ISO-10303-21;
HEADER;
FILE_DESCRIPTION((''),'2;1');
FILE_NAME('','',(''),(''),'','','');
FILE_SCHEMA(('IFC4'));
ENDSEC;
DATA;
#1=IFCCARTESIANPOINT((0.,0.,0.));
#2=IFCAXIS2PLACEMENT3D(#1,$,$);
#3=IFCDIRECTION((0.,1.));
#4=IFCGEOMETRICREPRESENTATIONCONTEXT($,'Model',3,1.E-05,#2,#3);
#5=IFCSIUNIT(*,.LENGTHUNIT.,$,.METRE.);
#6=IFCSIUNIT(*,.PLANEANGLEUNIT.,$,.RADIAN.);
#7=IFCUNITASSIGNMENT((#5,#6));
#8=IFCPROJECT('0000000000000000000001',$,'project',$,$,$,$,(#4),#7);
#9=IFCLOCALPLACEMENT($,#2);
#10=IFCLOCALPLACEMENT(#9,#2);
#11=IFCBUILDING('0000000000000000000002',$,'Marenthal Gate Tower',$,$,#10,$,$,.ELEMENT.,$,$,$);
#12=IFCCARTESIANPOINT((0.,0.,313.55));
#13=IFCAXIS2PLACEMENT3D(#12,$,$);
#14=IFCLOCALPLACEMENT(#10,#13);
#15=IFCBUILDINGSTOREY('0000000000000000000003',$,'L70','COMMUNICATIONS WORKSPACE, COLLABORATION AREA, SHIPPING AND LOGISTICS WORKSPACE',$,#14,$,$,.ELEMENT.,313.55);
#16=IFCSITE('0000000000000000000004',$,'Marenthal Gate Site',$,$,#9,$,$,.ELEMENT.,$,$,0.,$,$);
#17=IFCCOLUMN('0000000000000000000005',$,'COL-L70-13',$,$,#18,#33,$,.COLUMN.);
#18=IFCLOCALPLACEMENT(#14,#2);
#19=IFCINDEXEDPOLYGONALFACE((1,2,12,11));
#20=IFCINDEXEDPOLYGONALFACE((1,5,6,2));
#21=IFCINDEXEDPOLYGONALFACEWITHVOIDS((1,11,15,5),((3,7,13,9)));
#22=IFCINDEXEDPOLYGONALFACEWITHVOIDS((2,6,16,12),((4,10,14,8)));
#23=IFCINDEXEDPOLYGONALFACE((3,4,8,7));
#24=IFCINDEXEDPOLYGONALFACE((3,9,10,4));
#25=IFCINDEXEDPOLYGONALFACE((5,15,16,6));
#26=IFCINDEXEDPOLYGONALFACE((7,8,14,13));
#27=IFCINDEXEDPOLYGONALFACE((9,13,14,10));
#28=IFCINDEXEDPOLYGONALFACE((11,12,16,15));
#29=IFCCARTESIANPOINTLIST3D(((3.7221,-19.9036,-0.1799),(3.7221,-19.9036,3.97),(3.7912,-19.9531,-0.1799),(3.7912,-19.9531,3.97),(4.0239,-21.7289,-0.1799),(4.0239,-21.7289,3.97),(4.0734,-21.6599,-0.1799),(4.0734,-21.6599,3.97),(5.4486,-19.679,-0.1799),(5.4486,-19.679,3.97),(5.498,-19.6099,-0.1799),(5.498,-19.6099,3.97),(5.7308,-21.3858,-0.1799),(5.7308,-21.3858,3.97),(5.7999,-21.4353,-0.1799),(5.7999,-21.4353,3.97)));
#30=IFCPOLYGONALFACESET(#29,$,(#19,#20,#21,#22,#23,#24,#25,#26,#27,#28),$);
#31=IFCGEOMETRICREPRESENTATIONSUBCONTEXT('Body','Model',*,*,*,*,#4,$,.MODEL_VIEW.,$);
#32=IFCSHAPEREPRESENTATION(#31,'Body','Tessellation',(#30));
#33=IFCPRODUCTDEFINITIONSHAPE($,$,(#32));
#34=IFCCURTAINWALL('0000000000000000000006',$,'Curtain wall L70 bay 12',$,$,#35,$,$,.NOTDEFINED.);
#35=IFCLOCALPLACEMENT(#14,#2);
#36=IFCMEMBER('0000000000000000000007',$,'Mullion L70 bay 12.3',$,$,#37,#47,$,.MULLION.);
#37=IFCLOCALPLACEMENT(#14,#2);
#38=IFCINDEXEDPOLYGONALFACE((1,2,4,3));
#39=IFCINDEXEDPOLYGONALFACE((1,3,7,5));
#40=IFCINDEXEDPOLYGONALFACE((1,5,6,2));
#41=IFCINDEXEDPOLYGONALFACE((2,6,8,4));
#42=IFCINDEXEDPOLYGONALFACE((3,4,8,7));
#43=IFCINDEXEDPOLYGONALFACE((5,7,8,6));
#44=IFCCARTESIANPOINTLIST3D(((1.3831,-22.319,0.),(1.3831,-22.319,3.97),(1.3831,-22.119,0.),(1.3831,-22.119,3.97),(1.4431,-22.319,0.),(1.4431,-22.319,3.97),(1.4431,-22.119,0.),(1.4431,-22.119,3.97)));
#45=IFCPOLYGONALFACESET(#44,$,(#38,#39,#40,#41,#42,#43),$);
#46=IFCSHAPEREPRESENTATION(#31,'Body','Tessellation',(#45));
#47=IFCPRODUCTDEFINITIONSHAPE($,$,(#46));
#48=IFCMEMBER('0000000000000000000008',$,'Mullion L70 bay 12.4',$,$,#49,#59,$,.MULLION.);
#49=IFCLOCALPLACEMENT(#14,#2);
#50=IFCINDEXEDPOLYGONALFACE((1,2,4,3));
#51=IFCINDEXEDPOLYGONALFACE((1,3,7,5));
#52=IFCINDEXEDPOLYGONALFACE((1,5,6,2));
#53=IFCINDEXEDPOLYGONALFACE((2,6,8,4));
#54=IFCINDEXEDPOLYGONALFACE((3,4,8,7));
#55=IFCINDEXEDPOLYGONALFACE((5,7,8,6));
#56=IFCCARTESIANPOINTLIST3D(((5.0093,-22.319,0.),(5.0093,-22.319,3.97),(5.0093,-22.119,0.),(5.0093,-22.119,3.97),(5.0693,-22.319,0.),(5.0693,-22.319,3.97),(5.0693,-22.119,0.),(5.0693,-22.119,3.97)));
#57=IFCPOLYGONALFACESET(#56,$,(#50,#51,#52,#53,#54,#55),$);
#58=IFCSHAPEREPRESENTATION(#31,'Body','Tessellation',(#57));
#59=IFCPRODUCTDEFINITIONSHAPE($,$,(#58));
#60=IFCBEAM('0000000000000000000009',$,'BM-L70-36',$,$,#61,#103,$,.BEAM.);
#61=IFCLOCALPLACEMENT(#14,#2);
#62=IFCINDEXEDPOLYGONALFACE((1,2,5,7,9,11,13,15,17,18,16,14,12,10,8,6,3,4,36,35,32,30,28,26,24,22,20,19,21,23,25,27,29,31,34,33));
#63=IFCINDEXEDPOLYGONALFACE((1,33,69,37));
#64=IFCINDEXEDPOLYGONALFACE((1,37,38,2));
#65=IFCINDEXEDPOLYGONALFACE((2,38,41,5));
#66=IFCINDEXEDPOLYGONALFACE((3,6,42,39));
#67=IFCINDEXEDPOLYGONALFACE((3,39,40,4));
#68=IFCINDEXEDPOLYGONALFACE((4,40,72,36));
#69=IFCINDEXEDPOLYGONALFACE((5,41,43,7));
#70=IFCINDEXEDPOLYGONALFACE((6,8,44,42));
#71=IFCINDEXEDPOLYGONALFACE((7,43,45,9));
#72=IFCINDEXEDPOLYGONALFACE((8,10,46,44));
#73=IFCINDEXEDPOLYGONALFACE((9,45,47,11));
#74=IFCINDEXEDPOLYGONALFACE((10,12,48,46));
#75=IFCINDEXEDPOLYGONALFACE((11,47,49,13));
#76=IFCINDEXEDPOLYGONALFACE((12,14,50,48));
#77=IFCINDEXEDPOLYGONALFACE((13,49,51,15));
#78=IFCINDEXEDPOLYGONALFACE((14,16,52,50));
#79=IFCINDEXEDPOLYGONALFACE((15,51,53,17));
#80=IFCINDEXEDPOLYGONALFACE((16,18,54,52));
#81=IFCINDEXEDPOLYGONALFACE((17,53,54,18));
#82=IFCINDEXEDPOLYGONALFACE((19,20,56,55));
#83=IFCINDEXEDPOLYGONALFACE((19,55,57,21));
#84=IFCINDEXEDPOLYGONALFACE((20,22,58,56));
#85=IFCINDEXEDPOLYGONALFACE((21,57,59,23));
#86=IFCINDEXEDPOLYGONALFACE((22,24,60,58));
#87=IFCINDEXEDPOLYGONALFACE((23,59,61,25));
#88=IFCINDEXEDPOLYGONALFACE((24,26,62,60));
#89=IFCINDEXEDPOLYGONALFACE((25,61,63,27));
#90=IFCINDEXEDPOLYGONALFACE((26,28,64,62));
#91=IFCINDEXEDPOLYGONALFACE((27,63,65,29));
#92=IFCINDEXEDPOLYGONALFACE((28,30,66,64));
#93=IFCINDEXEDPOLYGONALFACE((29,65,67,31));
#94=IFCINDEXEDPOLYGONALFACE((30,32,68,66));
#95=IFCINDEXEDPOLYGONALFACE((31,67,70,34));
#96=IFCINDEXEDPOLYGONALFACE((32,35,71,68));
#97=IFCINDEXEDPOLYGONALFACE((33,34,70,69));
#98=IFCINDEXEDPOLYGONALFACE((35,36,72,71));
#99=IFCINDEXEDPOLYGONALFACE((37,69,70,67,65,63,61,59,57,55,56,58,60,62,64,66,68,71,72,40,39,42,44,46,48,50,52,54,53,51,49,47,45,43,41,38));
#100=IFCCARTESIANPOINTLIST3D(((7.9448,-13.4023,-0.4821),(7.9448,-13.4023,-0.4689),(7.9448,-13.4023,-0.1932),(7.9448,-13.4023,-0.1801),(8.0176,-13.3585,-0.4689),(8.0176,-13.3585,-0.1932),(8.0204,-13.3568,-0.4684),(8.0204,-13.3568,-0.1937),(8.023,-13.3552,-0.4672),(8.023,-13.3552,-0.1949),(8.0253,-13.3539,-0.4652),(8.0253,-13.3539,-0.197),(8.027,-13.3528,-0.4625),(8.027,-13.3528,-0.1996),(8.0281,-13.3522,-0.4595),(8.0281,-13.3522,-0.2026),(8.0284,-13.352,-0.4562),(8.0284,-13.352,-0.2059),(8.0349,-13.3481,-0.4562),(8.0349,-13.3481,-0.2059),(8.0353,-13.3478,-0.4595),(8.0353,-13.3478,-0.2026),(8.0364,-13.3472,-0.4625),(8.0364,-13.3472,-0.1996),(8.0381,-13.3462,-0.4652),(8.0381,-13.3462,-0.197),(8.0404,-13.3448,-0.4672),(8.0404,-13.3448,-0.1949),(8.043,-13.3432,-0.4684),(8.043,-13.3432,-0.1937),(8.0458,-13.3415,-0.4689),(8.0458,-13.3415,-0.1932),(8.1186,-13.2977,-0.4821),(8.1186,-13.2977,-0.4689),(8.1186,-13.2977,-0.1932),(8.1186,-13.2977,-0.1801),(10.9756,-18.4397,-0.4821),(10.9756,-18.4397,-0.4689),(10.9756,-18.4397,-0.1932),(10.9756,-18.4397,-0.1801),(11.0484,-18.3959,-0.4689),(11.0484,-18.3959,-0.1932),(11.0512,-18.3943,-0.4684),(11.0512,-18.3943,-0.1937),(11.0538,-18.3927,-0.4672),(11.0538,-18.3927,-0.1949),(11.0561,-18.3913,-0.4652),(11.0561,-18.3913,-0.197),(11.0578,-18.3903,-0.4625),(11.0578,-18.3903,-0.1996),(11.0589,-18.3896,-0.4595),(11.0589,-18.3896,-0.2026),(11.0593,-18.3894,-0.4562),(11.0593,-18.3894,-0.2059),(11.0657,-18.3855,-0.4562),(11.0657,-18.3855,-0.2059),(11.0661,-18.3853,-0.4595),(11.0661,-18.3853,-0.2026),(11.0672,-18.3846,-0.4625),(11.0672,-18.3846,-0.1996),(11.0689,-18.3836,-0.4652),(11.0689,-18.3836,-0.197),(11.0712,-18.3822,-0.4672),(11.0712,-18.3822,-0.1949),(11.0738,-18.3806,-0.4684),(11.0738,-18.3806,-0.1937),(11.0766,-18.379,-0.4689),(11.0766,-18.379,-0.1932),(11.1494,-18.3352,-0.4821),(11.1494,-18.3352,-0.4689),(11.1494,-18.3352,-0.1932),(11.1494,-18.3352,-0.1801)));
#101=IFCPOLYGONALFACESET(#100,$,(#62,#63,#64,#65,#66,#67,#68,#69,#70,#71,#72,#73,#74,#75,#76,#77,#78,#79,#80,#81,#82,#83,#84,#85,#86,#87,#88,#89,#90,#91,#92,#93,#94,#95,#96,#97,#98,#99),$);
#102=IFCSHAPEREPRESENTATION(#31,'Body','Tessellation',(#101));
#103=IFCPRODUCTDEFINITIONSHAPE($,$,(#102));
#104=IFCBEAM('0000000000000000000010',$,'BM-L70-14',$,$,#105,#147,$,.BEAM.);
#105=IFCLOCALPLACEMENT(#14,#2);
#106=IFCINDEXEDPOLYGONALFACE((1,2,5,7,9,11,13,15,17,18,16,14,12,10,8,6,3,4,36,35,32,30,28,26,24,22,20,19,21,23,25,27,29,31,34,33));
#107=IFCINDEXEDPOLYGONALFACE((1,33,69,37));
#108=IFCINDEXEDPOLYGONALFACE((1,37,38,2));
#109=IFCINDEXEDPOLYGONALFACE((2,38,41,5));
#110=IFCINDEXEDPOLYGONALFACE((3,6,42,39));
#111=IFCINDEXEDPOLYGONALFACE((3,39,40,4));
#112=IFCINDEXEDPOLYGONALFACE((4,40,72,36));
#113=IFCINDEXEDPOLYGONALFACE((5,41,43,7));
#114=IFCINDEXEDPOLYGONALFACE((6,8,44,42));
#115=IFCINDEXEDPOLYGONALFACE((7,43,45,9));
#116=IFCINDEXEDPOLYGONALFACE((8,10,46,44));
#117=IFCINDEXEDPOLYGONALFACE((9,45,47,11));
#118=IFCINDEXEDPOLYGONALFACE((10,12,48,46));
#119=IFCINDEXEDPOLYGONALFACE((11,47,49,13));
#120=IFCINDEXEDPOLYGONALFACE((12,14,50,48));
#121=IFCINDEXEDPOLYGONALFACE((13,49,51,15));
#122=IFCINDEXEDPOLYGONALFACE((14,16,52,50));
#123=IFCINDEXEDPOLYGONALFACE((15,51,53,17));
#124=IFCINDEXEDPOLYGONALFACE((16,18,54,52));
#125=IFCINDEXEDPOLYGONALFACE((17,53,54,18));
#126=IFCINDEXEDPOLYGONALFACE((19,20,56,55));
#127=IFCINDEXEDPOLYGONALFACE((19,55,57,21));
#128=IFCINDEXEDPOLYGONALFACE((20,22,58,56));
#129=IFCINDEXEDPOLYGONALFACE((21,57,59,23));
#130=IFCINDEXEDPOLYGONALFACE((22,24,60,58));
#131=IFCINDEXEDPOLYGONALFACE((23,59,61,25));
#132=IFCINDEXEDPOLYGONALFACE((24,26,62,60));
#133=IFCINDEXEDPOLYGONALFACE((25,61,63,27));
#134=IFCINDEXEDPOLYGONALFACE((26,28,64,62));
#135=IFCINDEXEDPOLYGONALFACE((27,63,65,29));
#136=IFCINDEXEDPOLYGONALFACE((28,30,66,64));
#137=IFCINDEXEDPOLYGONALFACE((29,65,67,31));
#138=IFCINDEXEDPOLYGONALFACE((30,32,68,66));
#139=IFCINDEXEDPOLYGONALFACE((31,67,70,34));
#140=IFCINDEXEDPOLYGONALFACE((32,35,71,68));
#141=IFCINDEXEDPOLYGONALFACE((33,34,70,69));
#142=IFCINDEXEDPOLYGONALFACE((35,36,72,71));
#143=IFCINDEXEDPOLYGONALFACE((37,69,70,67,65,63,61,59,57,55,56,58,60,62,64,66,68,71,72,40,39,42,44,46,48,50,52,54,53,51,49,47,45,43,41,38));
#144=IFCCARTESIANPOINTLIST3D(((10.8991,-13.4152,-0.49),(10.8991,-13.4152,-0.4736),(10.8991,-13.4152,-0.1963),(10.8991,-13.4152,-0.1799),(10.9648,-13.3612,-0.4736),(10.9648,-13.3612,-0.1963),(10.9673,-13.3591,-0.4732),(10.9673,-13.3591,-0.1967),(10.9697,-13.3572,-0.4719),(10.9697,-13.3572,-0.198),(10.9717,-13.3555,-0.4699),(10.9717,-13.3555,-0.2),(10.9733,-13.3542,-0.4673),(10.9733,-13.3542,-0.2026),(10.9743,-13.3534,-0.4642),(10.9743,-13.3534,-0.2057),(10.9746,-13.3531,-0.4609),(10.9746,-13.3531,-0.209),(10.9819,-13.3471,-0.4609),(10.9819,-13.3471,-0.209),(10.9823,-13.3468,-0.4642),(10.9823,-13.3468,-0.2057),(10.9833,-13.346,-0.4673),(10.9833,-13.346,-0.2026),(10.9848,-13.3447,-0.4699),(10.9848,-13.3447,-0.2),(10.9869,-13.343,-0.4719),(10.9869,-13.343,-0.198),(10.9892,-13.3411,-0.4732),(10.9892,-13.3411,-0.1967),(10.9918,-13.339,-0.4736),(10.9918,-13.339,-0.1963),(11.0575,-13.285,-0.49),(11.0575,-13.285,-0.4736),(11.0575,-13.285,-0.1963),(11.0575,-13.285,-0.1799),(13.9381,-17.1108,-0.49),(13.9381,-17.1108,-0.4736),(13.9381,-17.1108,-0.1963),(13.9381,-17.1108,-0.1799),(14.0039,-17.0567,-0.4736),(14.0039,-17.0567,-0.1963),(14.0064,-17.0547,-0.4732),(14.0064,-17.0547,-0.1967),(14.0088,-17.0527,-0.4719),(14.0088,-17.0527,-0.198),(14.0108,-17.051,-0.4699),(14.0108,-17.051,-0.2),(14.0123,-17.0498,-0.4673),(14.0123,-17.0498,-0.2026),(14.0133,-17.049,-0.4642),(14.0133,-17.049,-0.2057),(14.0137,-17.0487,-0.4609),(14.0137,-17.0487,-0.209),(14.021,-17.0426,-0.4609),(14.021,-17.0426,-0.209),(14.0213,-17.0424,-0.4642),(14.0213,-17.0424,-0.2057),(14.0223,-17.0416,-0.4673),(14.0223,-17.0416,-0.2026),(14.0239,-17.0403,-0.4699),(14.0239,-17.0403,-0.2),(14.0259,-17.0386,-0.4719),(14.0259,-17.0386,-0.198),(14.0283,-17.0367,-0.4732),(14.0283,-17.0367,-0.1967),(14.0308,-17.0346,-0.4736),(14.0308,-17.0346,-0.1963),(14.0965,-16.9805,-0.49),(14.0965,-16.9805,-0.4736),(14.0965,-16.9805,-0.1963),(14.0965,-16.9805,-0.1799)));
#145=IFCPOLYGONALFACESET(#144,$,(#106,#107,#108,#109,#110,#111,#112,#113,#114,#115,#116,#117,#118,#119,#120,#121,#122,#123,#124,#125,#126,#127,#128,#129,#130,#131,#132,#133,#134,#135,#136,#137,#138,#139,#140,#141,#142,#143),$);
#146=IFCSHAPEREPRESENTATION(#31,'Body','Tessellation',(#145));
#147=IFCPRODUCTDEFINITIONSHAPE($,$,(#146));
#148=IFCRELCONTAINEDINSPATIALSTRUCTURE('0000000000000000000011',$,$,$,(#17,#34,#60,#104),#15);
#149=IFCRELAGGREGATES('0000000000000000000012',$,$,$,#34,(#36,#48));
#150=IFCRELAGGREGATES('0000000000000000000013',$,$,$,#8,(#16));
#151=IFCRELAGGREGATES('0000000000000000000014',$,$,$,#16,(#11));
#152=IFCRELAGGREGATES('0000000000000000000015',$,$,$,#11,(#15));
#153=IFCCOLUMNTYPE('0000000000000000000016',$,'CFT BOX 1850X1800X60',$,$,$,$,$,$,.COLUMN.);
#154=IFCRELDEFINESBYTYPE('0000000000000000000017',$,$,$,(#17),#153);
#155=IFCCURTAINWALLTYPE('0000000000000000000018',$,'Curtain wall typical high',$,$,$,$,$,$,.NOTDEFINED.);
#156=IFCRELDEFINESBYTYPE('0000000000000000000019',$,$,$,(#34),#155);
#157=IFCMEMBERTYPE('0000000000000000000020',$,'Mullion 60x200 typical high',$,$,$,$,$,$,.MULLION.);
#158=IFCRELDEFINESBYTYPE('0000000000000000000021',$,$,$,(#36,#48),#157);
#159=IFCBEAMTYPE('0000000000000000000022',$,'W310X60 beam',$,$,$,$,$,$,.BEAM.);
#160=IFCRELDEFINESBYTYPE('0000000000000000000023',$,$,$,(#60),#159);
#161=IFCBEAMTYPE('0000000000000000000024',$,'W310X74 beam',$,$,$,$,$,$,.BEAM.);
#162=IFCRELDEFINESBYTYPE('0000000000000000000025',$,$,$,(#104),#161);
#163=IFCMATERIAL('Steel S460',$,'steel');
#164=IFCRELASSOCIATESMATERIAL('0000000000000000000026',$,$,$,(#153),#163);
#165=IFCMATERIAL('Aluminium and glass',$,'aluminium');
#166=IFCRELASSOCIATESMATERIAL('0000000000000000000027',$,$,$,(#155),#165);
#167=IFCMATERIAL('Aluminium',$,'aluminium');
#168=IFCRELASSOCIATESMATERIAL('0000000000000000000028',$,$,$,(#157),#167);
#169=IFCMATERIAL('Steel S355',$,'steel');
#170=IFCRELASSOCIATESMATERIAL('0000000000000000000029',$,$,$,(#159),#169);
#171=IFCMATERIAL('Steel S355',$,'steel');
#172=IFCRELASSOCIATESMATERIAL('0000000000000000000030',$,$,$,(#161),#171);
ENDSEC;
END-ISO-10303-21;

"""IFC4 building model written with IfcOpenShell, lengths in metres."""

from ifc_helpers import new_model, si_unit, direction, frame, origin, origin_2d, place, context, subcontext, project, spatial, rectangle, hollow_rectangle, i_section, extrude, material, material_profile, profile_set, type_object, element, aggregate, save


model = new_model("IFC4")

# Units and contexts
model_context = context("Model", 3, precision=1e-05, world=origin(), true_north=direction((0.0, 1.0)))
body_context = subcontext(model_context, "Body", "Model", "MODEL_VIEW")
ifc_project = project(units=[si_unit("LENGTHUNIT", "METRE"), si_unit("PLANEANGLEUNIT", "RADIAN")], contexts=[model_context])

# Site, building, storey
site_placement = place(None, origin())
site = spatial("IfcSite", under=ifc_project, at=site_placement, Name="Marenthal Gate Site", CompositionType="ELEMENT", RefElevation=0.0)
building_placement = place(site_placement, origin())
building = spatial("IfcBuilding", under=site, at=building_placement, Name="Marenthal Gate Tower", CompositionType="ELEMENT")
storey_placement = place(building_placement, frame((0.0, 0.0, 313.55)))
storey = spatial("IfcBuildingStorey", under=building, at=storey_placement, Name="L70", Description="COMMUNICATIONS WORKSPACE, COLLABORATION AREA, SHIPPING AND LOGISTICS WORKSPACE", CompositionType="ELEMENT", Elevation=313.55)

# Column
ifc_material_1 = material(Name="Steel S460", Category="steel")
ifc_material_profile_1 = material_profile(ifc_material_1, hollow_rectangle(XDim=1.8, YDim=1.8501, WallThickness=0.0601, at=origin_2d()), Name="CFT BOX 1850X1800X60")
ifc_material_2 = material(Name="Concrete 70 MPa", Category="concrete")
ifc_material_profile_2 = material_profile(ifc_material_2, rectangle(XDim=1.6799, YDim=1.73, at=origin_2d()), Name="CFT BOX 1850X1800X60 INFILL")
ifc_profile_set_1 = profile_set([ifc_material_profile_1, ifc_material_profile_2], Name="Steel S460 shell, Concrete 70 MPa infill")
column_type = type_object("IfcColumnType", Name="CFT BOX 1850X1800X60", PredefinedType="COLUMN", material=ifc_profile_set_1)
column_placement = place(storey_placement, frame((4.761, -20.6694, -0.1799), z_axis=(0.0, 0.0, 1.0), x_axis=(-0.986602, -0.163147, 0.0)))
element("IfcColumn", 1, at=column_placement, inside=storey, type_object=column_type, Name="COL-L70-13", PredefinedType="COLUMN", context=body_context, shape_type="SweptSolid", body=[
    extrude(hollow_rectangle(XDim=1.8, YDim=1.8501, WallThickness=0.0601, at=origin_2d()), origin(), (0.0, 0.0, 1.0), 4.1499),
])

# Curtain wall, members
ifc_material_3 = material(Name="Aluminium and glass", Category="aluminium")
curtain_wall_type = type_object("IfcCurtainWallType", Name="Curtain wall typical high", PredefinedType="NOTDEFINED", material=ifc_material_3)
curtain_wall_placement = place(storey_placement, origin())
curtain_wall = element("IfcCurtainWall", 2, at=curtain_wall_placement, inside=storey, type_object=curtain_wall_type, Name="Curtain wall L70 bay 12", PredefinedType="NOTDEFINED")
ifc_material_4 = material(Name="Aluminium", Category="aluminium")
ifc_material_profile_3 = material_profile(ifc_material_4, rectangle(XDim=0.2, YDim=0.0601, at=origin_2d()), Name="60x200 aluminium mullion")
ifc_profile_set_2 = profile_set([ifc_material_profile_3], Name="Aluminium")
member_type = type_object("IfcMemberType", Name="Mullion 60x200 typical high", PredefinedType="MULLION", material=ifc_profile_set_2)
member_1_placement = place(storey_placement, frame((1.4131, -22.219, 0.0), z_axis=(0.0, 0.0, 1.0), x_axis=(0.0, 1.0, 0.0)))
member_1 = element("IfcMember", 3, at=member_1_placement, type_object=member_type, Name="Mullion L70 bay 12.3", PredefinedType="MULLION", context=body_context, shape_type="SweptSolid", body=[
    extrude(rectangle(XDim=0.2, YDim=0.0601, at=origin_2d()), origin(), (0.0, 0.0, 1.0), 3.97),
])
member_2_placement = place(storey_placement, frame((5.0393, -22.219, 0.0), z_axis=(0.0, 0.0, 1.0), x_axis=(0.0, 1.0, 0.0)))
member_2 = element("IfcMember", 4, at=member_2_placement, type_object=member_type, Name="Mullion L70 bay 12.4", PredefinedType="MULLION", context=body_context, shape_type="SweptSolid", body=[
    extrude(rectangle(XDim=0.2, YDim=0.0601, at=origin_2d()), origin(), (0.0, 0.0, 1.0), 3.97),
])

# Beams
ifc_material_5 = material(Name="Steel S355", Category="steel")
ifc_material_profile_4 = material_profile(ifc_material_5, i_section(OverallWidth=0.2029, OverallDepth=0.302, WebThickness=0.0076, FlangeThickness=0.0132, FilletRadius=0.0127, at=origin_2d()), Name="W310X60")
ifc_profile_set_3 = profile_set([ifc_material_profile_4], Name="Steel S355")
beam_type_1 = type_object("IfcBeamType", Name="W310X60 beam", PredefinedType="BEAM", material=ifc_profile_set_3)
beam_1_placement = place(storey_placement, frame((11.0625, -18.3875, -0.3311), z_axis=(-0.51554, 0.856866, 0.0), x_axis=(-0.856866, -0.51554, 0.0)))
element("IfcBeam", 5, at=beam_1_placement, inside=storey, type_object=beam_type_1, Name="BM-L70-36", PredefinedType="BEAM", context=body_context, shape_type="SweptSolid", body=[
    extrude(i_section(OverallWidth=0.2029, OverallDepth=0.302, WebThickness=0.0076, FlangeThickness=0.0132, FilletRadius=0.0127, at=origin_2d()), origin(), (0.0, 0.0, 1.0), 5.8789),
])
ifc_material_6 = material(Name="Steel S355", Category="steel")
ifc_material_profile_5 = material_profile(ifc_material_6, i_section(OverallWidth=0.2051, OverallDepth=0.3101, WebThickness=0.0095, FlangeThickness=0.0164, FilletRadius=0.0127, at=origin_2d()), Name="W310X74")
ifc_profile_set_4 = profile_set([ifc_material_profile_5], Name="Steel S355")
beam_type_2 = type_object("IfcBeamType", Name="W310X74 beam", PredefinedType="BEAM", material=ifc_profile_set_4)
beam_2_placement = place(storey_placement, frame((14.0173, -17.0457, -0.335), z_axis=(-0.635167, 0.772375, 0.0), x_axis=(-0.772375, -0.635167, 0.0)))
element("IfcBeam", 6, at=beam_2_placement, inside=storey, type_object=beam_type_2, Name="BM-L70-14", PredefinedType="BEAM", context=body_context, shape_type="SweptSolid", body=[
    extrude(i_section(OverallWidth=0.2051, OverallDepth=0.3101, WebThickness=0.0095, FlangeThickness=0.0164, FilletRadius=0.0127, at=origin_2d()), origin(), (0.0, 0.0, 1.0), 4.7847),
])

aggregate(curtain_wall, [member_1, member_2])

save(model, "model.ifc")
